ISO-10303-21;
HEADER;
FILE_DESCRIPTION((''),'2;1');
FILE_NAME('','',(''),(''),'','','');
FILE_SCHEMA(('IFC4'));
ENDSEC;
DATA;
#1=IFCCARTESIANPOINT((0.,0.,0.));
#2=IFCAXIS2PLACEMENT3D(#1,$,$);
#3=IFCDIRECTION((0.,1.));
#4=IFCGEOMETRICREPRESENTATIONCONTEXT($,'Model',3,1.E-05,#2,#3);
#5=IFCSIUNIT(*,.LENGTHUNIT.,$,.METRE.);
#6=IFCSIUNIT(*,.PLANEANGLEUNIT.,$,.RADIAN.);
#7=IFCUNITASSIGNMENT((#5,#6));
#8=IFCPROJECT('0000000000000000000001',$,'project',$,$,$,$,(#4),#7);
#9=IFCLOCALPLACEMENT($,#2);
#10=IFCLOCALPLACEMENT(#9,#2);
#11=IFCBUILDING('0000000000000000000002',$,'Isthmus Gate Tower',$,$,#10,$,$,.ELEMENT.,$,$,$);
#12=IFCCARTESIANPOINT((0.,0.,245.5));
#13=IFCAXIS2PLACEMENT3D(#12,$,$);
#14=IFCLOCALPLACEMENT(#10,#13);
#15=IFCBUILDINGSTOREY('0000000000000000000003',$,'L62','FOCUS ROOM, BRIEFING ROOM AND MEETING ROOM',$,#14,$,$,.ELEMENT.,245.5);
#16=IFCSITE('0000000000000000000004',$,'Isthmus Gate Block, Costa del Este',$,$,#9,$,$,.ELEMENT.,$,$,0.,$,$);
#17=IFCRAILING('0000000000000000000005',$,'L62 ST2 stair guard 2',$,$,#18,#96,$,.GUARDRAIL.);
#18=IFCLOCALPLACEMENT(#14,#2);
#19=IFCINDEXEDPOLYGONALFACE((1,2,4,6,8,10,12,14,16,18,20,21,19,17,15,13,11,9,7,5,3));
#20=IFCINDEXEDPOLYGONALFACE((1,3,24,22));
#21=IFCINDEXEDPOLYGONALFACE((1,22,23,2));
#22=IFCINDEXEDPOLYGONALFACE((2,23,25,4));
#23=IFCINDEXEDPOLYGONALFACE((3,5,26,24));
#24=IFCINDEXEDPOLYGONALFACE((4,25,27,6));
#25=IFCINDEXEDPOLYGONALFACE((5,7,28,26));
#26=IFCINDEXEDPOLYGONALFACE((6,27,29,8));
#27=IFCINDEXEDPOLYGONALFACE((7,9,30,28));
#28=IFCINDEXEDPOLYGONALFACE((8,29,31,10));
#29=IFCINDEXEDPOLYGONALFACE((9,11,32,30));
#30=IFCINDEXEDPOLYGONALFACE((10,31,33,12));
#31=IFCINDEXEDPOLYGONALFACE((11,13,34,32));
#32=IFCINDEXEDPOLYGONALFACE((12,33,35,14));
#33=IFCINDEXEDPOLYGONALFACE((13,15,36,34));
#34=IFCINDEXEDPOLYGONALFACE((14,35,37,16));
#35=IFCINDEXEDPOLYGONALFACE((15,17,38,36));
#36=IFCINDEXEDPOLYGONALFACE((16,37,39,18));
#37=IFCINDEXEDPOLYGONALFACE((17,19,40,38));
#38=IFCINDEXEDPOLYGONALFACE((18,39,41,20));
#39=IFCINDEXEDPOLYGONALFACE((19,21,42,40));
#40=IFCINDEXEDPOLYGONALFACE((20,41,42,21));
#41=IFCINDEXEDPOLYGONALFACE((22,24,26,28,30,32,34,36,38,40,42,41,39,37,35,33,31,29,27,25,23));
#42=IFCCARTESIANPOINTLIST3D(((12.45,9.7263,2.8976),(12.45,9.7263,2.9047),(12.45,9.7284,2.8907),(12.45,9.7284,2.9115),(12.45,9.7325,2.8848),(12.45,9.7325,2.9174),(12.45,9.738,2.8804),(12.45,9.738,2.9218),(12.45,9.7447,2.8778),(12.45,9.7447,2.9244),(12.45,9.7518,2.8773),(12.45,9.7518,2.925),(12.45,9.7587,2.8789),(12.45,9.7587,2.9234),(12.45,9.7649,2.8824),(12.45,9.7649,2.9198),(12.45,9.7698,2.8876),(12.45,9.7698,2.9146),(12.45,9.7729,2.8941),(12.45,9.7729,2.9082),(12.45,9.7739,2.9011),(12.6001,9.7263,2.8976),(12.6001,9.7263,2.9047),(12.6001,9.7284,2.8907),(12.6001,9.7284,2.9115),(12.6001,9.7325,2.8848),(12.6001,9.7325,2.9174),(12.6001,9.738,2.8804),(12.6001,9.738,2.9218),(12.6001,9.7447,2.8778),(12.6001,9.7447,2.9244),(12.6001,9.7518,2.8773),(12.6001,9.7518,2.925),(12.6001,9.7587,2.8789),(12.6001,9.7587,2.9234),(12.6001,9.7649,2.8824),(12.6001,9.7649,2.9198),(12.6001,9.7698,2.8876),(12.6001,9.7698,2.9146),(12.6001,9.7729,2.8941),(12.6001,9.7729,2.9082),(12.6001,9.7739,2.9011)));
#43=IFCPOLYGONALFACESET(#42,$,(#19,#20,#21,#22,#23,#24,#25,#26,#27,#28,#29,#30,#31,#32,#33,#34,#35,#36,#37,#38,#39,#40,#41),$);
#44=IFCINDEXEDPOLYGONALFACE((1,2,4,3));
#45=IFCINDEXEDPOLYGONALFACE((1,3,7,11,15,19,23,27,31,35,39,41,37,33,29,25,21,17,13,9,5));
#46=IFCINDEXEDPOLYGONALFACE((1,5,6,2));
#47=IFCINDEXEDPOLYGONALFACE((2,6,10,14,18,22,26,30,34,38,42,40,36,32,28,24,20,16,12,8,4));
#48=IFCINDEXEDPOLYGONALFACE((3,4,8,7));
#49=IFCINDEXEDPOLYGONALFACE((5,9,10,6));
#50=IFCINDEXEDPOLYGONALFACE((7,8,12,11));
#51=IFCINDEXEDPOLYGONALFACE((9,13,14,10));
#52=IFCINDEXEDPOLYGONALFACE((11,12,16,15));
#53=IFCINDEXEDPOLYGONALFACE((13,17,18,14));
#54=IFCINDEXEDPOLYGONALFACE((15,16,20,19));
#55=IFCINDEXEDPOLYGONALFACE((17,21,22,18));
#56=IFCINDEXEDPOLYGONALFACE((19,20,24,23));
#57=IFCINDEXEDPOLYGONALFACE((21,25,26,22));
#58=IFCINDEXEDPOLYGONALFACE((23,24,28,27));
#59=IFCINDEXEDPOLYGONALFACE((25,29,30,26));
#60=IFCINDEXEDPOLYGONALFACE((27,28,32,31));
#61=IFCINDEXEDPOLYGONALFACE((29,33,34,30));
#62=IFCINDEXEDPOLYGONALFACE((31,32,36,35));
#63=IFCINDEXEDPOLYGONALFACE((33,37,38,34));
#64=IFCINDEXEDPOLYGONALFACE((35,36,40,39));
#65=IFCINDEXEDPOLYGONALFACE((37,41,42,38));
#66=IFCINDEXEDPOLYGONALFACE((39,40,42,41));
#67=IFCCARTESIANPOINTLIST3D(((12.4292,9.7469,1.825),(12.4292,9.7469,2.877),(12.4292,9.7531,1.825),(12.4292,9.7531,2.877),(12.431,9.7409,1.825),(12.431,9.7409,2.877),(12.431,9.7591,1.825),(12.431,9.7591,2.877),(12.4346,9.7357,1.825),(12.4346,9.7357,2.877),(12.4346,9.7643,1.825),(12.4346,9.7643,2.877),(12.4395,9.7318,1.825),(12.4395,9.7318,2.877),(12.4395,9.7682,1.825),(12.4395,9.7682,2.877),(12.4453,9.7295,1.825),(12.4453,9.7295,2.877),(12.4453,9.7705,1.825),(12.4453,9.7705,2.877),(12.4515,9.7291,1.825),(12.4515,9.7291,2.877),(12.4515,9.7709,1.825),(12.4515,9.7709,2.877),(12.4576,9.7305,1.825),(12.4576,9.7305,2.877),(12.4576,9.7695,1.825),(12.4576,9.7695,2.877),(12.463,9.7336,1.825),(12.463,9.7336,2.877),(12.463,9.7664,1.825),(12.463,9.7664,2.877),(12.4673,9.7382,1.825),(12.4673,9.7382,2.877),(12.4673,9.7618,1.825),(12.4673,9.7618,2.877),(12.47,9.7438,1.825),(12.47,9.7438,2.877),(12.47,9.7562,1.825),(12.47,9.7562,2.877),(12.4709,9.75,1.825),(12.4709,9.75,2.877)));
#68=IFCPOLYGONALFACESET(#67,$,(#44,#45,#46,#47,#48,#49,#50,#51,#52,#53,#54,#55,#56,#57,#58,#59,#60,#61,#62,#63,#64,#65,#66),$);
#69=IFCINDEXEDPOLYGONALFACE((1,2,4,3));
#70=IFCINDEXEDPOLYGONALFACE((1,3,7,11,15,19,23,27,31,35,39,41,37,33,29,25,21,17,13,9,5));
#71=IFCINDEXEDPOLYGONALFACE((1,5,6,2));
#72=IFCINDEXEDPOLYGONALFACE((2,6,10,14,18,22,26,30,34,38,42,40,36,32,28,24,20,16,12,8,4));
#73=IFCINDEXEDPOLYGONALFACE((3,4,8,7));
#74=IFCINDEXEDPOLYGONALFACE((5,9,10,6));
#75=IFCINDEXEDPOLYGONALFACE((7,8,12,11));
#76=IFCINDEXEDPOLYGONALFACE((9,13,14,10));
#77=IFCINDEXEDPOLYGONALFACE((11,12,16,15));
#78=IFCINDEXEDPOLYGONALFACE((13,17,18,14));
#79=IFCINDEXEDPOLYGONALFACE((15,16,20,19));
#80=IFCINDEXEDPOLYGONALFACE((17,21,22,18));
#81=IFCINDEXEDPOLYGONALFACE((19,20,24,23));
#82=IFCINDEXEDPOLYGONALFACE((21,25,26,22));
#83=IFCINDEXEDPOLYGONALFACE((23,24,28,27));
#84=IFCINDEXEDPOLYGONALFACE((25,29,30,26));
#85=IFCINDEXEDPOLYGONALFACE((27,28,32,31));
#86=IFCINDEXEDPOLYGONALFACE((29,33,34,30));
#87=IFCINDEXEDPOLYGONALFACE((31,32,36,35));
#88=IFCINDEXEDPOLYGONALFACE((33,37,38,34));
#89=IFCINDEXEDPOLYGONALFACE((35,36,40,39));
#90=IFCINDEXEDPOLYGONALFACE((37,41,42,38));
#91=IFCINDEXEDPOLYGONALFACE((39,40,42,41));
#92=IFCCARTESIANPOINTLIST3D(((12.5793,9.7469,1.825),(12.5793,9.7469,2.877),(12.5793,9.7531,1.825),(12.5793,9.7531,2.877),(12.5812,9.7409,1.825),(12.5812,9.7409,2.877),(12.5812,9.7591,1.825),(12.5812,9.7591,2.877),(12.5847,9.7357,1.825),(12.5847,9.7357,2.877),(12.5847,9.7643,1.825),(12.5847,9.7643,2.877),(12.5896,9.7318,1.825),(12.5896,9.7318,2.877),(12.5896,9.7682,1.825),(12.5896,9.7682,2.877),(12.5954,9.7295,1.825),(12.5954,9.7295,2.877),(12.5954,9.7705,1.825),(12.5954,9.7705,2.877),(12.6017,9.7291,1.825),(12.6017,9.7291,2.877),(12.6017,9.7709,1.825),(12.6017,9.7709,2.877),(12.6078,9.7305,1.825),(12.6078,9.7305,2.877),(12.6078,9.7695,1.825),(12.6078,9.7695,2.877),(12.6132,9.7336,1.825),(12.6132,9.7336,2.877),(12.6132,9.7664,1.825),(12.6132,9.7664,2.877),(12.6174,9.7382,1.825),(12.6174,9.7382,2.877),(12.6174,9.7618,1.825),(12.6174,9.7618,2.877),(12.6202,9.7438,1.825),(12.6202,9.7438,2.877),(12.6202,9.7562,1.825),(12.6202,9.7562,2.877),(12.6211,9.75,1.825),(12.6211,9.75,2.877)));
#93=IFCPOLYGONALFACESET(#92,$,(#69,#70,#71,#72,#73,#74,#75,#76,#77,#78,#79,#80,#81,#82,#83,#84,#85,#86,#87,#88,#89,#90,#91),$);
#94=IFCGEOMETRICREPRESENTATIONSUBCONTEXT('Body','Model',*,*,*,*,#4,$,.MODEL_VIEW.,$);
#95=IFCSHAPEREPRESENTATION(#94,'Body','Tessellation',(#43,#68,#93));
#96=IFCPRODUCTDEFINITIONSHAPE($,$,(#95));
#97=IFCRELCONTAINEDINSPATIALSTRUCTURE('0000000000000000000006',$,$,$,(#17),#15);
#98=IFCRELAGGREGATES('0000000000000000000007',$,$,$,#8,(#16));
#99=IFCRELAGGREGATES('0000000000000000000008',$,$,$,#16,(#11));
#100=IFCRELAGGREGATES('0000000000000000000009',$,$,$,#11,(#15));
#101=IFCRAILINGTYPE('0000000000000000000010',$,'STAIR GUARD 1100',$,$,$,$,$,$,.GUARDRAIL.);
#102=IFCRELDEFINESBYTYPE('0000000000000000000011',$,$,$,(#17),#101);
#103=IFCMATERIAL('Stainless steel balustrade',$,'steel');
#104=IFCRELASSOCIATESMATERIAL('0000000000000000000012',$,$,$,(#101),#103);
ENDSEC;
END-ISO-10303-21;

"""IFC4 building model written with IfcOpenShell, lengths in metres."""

from ifc_helpers import new_model, si_unit, direction, frame, origin, origin_2d, place, context, subcontext, project, spatial, circle, extrude, material, type_object, element, save


model = new_model("IFC4")

# Units and contexts
model_context = context("Model", 3, precision=1e-05, world=origin(), true_north=direction((0.0, 1.0)))
body_context = subcontext(model_context, "Body", "Model", "MODEL_VIEW")
ifc_project = project(units=[si_unit("LENGTHUNIT", "METRE"), si_unit("PLANEANGLEUNIT", "RADIAN")], contexts=[model_context])

# Site, building, storey
site_placement = place(None, origin())
site = spatial("IfcSite", under=ifc_project, at=site_placement, Name="Isthmus Gate Block, Costa del Este", CompositionType="ELEMENT", RefElevation=0.0)
building_placement = place(site_placement, origin())
building = spatial("IfcBuilding", under=site, at=building_placement, Name="Isthmus Gate Tower", CompositionType="ELEMENT")
storey_placement = place(building_placement, frame((0.0, 0.0, 245.5)))
storey = spatial("IfcBuildingStorey", under=building, at=storey_placement, Name="L62", Description="FOCUS ROOM, BRIEFING ROOM AND MEETING ROOM", CompositionType="ELEMENT", Elevation=245.5)

# Railing
ifc_material_1 = material(Name="Stainless steel balustrade", Category="steel")
railing_type_1 = type_object("IfcRailingType", Name="STAIR GUARD 1100", PredefinedType="GUARDRAIL", material=ifc_material_1)
railing_1_placement = place(storey_placement, frame((12.45, 9.75, 1.825)))
element("IfcRailing", 1, at=railing_1_placement, inside=storey, type_object=railing_type_1, Name="L62 ST2 stair guard 2", PredefinedType="GUARDRAIL", context=body_context, shape_type="SweptSolid", body=[
    extrude(circle(Radius=0.0239, at=origin_2d()), frame((0.0, 0.0, 1.0762), z_axis=(1.0, 0.0, 0.0), x_axis=(0.0, 1.0, 0.0)), (0.0, 0.0, 1.0), 0.1501),
    extrude(circle(Radius=0.021, at=origin_2d()), origin(), (0.0, 0.0, 1.0), 1.052),
    extrude(circle(Radius=0.021, at=origin_2d()), frame((0.1501, 0.0, 0.0)), (0.0, 0.0, 1.0), 1.052),
])

save(model, "model.ifc")
